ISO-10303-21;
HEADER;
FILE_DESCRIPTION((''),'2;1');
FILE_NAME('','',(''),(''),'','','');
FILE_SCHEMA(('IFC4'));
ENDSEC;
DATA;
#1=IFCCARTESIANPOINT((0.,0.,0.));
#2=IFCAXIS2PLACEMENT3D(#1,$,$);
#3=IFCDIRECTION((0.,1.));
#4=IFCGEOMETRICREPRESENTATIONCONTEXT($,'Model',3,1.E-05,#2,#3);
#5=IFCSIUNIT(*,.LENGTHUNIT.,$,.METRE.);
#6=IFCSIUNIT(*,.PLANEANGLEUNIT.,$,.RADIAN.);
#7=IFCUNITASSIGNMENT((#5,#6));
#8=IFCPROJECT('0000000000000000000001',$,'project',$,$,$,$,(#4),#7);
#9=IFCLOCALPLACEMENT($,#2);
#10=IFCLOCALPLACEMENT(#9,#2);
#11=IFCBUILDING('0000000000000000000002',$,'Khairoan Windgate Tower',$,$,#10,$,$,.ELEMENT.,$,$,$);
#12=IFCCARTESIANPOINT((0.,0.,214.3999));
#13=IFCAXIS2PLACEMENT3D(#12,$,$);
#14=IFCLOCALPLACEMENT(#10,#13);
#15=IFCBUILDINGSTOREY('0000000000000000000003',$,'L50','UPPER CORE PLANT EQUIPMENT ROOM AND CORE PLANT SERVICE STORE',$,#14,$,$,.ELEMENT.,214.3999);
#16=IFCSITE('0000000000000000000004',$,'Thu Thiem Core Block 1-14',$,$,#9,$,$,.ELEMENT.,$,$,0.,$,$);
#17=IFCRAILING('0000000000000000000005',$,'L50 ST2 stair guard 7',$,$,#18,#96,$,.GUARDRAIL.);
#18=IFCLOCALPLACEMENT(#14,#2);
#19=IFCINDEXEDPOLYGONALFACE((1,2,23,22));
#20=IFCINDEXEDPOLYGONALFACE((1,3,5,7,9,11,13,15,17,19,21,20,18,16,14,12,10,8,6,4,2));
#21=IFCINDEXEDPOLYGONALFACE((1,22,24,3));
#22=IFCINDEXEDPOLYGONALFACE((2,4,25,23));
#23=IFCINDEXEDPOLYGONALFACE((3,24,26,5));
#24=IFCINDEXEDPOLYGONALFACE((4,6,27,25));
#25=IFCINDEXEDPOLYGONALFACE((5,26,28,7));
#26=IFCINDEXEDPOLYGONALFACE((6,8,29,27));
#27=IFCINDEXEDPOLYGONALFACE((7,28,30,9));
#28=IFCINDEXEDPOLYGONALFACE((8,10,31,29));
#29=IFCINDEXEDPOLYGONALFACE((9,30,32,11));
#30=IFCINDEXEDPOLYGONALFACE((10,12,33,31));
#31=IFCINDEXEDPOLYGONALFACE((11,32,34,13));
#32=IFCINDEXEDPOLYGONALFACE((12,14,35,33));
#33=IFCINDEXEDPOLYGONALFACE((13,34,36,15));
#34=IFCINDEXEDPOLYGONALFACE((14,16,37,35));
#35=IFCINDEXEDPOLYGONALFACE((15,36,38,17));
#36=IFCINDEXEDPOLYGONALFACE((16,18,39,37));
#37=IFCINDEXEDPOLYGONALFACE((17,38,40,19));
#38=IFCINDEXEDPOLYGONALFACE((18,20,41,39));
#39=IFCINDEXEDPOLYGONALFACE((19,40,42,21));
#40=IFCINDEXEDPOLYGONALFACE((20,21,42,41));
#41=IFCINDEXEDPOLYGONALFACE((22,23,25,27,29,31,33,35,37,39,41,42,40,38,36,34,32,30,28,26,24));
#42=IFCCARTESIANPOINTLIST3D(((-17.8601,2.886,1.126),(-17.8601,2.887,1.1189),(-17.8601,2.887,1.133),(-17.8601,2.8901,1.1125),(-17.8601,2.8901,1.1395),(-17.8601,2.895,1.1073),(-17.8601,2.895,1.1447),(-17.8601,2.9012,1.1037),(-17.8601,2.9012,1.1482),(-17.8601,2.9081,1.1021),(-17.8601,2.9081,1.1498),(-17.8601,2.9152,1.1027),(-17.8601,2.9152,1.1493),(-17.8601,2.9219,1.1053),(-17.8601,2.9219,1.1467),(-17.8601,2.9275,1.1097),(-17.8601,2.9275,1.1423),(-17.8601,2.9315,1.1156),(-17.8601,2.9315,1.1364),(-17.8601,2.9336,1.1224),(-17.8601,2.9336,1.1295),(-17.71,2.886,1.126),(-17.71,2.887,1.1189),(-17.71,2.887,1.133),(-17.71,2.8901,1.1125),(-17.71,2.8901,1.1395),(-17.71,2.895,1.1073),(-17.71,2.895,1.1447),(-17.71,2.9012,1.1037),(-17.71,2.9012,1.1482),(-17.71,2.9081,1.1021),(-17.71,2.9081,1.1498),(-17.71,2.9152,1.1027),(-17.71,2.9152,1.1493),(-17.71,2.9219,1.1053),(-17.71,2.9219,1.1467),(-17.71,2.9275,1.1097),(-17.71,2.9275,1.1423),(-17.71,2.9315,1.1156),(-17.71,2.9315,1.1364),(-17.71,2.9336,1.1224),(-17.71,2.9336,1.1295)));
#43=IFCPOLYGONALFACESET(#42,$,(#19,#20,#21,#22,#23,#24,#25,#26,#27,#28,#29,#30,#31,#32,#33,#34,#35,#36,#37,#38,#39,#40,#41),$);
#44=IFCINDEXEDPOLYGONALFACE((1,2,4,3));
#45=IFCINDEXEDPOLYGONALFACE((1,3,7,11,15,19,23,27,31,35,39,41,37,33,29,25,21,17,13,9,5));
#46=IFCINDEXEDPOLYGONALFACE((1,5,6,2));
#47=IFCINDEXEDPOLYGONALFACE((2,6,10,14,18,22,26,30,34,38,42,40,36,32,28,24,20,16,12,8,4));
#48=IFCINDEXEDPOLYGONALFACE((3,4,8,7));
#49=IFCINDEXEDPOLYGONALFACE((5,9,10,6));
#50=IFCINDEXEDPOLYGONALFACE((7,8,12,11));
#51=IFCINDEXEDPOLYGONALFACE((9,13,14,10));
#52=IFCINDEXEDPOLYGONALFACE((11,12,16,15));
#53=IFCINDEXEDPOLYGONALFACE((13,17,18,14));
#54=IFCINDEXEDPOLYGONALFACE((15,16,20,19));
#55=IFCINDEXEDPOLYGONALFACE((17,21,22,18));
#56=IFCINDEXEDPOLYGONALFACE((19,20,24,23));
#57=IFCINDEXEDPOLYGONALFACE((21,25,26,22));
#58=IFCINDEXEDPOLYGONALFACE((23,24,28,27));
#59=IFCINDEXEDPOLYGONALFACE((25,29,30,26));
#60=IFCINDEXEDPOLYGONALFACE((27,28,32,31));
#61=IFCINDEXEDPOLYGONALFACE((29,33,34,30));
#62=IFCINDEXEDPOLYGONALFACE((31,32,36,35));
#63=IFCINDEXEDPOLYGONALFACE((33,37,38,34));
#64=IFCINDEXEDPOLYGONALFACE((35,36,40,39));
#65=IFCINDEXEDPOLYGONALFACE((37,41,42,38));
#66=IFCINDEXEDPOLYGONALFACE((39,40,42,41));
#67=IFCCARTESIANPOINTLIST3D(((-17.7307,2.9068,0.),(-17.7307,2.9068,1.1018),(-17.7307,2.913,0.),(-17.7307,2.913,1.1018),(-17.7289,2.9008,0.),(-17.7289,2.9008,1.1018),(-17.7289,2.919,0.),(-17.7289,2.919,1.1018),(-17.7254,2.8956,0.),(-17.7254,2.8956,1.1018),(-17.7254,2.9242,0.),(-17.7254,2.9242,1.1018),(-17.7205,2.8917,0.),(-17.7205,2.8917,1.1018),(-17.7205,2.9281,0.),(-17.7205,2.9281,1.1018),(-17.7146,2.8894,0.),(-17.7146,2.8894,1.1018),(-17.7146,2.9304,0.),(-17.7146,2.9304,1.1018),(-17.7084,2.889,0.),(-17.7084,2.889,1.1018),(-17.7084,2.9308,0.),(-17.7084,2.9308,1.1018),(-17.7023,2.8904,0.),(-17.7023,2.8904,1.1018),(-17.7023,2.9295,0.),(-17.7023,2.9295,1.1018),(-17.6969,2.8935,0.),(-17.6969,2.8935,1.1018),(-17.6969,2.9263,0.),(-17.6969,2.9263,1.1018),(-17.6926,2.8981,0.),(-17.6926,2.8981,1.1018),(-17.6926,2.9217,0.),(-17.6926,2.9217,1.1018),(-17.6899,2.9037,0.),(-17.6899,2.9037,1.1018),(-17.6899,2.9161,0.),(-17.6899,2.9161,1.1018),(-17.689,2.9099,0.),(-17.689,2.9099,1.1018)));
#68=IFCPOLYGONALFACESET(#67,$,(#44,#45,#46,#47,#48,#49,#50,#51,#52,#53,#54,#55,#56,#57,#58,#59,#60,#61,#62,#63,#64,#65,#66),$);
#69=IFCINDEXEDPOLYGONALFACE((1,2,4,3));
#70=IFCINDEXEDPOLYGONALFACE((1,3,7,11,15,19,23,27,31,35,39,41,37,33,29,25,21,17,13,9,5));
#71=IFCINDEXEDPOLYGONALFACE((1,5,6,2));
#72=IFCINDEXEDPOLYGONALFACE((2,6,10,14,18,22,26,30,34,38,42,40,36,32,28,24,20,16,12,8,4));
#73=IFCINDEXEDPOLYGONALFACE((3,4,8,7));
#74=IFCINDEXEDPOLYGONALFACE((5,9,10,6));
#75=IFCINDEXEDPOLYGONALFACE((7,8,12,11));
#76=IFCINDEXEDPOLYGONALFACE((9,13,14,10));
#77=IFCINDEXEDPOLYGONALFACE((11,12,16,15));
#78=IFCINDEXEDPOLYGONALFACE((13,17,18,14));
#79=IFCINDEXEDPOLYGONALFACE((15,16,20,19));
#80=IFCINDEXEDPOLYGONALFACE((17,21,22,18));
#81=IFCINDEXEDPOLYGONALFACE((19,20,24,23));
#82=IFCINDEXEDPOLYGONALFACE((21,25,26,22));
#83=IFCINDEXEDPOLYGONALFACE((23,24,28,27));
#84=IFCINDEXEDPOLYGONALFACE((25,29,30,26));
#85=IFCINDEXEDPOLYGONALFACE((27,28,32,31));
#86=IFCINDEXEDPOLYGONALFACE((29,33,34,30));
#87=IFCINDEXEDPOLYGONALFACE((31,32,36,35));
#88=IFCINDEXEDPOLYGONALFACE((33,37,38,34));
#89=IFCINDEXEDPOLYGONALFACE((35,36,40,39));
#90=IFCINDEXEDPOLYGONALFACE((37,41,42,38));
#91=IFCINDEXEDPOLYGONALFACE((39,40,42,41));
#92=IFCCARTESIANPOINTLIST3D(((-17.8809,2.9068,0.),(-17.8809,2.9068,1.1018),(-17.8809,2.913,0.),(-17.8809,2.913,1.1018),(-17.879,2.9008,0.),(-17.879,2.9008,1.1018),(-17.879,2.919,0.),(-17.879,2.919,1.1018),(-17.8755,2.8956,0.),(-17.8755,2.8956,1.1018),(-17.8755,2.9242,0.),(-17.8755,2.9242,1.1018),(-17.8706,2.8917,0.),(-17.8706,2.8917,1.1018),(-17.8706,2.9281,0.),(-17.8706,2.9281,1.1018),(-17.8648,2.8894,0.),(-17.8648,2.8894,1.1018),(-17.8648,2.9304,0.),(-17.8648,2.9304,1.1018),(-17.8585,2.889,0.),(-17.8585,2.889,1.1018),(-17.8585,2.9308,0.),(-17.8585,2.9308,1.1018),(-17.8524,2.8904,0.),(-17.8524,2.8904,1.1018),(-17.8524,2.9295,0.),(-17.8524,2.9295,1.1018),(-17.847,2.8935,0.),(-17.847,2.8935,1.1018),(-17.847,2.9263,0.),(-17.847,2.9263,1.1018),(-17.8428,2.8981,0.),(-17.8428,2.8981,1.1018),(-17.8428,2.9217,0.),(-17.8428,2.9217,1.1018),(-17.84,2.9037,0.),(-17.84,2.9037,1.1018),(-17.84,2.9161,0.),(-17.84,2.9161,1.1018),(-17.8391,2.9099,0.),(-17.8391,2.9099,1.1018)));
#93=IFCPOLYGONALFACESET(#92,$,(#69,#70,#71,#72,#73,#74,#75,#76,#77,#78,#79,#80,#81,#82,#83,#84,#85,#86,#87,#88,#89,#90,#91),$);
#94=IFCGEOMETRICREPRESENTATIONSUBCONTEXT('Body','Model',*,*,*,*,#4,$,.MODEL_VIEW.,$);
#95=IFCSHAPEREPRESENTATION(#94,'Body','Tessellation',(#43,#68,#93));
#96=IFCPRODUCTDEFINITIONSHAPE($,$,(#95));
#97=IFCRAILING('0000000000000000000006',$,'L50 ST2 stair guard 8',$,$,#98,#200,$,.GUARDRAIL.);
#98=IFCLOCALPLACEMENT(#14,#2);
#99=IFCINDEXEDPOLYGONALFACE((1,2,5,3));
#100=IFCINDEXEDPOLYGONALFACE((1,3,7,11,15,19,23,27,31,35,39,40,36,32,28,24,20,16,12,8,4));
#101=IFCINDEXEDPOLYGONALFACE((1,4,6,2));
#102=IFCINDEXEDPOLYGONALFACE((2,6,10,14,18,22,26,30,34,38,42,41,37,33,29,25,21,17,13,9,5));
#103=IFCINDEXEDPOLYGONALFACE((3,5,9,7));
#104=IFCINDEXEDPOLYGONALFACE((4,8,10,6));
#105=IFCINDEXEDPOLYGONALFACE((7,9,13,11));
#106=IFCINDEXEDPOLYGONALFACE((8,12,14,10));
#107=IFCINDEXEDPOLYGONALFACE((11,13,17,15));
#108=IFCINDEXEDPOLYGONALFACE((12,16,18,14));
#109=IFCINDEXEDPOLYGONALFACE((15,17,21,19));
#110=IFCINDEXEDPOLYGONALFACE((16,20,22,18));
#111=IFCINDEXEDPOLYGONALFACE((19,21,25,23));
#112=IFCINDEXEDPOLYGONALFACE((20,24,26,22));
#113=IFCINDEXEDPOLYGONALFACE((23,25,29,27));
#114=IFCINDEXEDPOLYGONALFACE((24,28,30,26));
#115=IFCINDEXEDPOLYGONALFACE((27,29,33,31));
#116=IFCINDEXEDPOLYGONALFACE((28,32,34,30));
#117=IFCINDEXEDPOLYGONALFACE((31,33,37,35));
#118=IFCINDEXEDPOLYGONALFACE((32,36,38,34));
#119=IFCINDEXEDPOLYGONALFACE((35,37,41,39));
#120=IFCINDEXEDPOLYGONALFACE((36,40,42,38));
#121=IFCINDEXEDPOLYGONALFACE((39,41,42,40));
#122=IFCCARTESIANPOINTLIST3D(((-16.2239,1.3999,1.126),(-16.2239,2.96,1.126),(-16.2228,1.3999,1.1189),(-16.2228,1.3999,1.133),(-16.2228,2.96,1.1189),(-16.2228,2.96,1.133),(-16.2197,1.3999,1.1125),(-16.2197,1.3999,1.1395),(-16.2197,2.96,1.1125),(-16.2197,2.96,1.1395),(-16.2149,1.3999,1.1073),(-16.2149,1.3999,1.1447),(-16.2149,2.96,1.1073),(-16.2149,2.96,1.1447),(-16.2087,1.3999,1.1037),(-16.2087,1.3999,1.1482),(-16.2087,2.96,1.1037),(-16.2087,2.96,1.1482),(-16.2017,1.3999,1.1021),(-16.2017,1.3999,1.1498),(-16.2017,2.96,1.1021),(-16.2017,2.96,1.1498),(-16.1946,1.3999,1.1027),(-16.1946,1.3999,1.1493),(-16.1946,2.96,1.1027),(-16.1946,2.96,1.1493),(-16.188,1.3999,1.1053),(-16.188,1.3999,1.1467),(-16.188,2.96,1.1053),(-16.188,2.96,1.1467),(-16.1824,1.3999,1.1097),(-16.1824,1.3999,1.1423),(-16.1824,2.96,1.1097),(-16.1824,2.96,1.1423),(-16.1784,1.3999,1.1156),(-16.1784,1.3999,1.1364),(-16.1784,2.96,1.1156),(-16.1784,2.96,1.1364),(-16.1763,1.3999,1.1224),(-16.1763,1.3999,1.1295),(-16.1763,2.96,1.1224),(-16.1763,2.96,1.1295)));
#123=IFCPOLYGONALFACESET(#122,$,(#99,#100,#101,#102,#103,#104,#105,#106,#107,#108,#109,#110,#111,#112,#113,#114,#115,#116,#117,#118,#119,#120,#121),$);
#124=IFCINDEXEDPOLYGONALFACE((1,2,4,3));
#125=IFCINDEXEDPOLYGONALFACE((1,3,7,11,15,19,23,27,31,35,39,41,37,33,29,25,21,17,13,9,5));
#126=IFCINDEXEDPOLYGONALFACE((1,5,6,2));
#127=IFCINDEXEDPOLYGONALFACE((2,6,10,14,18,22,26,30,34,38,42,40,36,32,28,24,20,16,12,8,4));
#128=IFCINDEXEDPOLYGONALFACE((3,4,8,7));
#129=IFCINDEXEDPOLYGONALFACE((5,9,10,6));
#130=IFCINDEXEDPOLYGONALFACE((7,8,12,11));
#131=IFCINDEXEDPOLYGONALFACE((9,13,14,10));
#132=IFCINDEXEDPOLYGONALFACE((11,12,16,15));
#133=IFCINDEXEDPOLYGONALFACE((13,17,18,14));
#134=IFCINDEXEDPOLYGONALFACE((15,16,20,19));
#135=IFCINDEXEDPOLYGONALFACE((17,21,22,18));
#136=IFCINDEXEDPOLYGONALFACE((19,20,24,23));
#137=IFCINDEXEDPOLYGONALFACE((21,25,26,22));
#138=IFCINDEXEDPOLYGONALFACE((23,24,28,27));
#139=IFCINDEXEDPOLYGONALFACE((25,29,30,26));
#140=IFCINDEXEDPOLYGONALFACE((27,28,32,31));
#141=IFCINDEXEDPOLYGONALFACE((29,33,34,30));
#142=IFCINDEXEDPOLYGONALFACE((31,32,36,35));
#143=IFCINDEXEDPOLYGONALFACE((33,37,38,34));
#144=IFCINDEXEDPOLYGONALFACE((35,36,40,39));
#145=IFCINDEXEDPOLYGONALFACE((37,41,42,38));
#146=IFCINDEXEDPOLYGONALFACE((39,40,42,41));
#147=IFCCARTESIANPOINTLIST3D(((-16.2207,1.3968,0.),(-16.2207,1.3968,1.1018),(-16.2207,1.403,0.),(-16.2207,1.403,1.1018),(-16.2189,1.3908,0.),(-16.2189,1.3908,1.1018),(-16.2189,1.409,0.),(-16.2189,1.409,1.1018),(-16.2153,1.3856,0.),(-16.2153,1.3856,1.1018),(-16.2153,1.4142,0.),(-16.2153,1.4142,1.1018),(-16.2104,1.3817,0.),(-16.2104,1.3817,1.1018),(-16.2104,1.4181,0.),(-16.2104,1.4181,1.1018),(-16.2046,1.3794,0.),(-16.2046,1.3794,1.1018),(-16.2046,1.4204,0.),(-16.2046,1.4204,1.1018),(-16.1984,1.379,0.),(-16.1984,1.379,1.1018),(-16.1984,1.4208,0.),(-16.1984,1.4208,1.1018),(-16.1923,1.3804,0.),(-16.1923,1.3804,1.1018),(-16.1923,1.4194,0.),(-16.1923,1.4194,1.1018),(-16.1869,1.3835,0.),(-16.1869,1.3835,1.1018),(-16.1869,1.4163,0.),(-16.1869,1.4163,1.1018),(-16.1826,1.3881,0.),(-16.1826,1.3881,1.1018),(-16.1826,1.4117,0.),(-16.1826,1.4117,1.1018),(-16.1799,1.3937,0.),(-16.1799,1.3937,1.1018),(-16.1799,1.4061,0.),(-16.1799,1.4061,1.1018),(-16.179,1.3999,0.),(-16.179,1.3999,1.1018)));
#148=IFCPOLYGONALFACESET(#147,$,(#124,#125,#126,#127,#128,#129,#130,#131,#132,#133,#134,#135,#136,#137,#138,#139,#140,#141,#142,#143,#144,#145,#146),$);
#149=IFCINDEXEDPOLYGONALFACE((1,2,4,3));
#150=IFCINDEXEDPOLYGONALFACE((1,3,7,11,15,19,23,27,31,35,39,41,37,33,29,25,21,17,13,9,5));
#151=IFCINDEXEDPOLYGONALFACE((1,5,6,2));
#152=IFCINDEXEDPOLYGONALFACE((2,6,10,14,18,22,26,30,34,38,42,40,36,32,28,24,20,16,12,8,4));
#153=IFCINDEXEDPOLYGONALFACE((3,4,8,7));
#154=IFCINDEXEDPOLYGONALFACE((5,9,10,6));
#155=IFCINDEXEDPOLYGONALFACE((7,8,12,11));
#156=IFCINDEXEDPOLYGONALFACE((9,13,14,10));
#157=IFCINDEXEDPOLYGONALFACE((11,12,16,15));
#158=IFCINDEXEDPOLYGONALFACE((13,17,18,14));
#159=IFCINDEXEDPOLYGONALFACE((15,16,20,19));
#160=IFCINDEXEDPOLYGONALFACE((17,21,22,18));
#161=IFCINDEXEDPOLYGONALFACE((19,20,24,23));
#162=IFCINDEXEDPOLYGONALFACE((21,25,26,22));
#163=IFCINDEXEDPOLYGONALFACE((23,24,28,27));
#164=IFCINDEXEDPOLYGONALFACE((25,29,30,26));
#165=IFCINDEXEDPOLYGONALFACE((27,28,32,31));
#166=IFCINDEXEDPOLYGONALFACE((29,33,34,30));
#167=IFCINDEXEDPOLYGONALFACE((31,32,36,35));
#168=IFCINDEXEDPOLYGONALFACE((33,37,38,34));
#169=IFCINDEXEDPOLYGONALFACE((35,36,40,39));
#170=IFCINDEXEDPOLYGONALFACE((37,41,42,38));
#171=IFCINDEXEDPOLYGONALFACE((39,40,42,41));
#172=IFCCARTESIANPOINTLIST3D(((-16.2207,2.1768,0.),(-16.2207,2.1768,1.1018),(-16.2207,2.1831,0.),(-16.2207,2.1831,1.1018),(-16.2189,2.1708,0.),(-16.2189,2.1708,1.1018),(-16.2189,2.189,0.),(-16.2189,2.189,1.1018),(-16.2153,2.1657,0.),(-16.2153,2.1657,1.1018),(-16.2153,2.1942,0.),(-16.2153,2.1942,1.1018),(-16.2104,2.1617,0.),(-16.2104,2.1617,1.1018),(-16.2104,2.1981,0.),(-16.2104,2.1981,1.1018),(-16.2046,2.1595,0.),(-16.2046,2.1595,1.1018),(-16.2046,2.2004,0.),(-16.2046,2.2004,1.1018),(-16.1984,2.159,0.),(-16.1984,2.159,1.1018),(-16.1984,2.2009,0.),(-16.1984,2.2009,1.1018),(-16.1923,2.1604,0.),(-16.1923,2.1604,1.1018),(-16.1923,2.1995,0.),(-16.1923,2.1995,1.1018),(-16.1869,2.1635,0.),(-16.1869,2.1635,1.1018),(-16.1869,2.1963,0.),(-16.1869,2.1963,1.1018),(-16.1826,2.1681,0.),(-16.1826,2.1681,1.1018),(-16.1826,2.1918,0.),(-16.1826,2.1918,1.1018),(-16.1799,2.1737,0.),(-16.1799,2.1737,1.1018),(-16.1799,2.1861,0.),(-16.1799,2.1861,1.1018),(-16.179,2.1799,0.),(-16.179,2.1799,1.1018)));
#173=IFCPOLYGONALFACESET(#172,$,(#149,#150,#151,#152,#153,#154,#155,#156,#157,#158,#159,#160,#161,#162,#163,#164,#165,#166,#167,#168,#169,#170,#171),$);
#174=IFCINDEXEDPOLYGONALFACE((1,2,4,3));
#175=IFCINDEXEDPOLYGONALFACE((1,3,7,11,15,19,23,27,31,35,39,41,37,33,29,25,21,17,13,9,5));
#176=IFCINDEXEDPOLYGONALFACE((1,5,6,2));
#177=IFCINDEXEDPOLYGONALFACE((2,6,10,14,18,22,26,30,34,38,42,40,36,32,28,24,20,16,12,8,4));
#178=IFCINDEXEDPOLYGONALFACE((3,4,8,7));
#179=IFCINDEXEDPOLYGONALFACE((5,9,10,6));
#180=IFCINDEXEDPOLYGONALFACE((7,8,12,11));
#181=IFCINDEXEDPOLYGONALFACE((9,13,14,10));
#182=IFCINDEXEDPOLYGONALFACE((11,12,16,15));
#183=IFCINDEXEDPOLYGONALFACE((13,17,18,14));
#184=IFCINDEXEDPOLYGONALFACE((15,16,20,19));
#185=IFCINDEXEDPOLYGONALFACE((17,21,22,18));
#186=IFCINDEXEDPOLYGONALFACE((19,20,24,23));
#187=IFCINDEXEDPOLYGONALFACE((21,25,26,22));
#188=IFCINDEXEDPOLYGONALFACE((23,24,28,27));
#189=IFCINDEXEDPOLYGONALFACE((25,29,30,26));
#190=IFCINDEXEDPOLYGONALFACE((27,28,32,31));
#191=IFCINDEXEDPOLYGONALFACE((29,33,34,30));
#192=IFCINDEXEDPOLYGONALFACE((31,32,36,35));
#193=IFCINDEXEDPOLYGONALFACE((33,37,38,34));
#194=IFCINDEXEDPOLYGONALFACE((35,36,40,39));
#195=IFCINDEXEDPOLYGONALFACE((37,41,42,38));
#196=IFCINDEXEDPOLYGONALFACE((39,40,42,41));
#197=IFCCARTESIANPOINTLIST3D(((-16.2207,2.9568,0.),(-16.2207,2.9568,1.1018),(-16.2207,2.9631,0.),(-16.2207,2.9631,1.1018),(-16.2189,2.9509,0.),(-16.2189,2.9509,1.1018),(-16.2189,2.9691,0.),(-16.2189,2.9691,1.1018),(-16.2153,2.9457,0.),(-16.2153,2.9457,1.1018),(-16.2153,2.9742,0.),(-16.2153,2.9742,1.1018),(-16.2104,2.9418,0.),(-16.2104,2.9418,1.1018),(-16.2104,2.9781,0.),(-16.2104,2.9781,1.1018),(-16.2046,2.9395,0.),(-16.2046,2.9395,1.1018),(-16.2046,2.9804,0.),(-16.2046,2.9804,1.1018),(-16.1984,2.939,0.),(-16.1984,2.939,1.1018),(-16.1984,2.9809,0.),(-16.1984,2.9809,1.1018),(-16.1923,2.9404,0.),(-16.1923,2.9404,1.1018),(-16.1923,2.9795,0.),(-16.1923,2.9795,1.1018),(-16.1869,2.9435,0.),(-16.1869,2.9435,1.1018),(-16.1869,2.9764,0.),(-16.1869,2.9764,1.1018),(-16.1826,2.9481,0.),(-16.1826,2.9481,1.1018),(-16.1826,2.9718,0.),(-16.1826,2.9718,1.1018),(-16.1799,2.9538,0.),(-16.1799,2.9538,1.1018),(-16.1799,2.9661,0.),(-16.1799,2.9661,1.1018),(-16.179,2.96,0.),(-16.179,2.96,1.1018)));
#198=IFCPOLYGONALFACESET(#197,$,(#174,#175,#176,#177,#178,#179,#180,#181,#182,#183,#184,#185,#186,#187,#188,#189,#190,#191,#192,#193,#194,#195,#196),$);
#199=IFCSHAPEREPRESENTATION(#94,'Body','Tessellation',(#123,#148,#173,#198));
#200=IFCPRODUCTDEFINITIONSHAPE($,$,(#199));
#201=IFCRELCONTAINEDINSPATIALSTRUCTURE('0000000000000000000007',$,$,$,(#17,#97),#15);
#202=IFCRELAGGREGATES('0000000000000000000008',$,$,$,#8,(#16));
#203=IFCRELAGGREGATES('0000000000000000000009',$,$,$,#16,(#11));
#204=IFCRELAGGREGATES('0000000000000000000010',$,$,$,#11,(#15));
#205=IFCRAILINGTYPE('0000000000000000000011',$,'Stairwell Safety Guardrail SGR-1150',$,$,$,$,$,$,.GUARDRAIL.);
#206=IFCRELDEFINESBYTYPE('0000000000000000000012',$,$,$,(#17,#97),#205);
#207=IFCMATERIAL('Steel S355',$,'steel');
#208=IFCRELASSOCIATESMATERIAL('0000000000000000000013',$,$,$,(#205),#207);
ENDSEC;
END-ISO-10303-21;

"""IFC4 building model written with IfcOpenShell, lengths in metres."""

from ifc_helpers import new_model, si_unit, direction, frame, origin, origin_2d, place, context, subcontext, project, spatial, circle, extrude, material, type_object, element, save


model = new_model("IFC4")

# Units and contexts
model_context = context("Model", 3, precision=1e-05, world=origin(), true_north=direction((0.0, 1.0)))
body_context = subcontext(model_context, "Body", "Model", "MODEL_VIEW")
ifc_project = project(units=[si_unit("LENGTHUNIT", "METRE"), si_unit("PLANEANGLEUNIT", "RADIAN")], contexts=[model_context])

# Site, building, storey
site_placement = place(None, origin())
site = spatial("IfcSite", under=ifc_project, at=site_placement, Name="Thu Thiem Core Block 1-14", CompositionType="ELEMENT", RefElevation=0.0)
building_placement = place(site_placement, origin())
building = spatial("IfcBuilding", under=site, at=building_placement, Name="Khairoan Windgate Tower", CompositionType="ELEMENT")
storey_placement = place(building_placement, frame((0.0, 0.0, 214.3999)))
storey = spatial("IfcBuildingStorey", under=building, at=storey_placement, Name="L50", Description="UPPER CORE PLANT EQUIPMENT ROOM AND CORE PLANT SERVICE STORE", CompositionType="ELEMENT", Elevation=214.3999)

# Railings
ifc_material_1 = material(Name="Steel S355", Category="steel")
railing_type_1 = type_object("IfcRailingType", Name="Stairwell Safety Guardrail SGR-1150", PredefinedType="GUARDRAIL", material=ifc_material_1)
railing_1_placement = place(storey_placement, frame((-17.71, 2.9099, 0.0)))
element("IfcRailing", 1, at=railing_1_placement, inside=storey, type_object=railing_type_1, Name="L50 ST2 stair guard 7", PredefinedType="GUARDRAIL", context=body_context, shape_type="SweptSolid", body=[
    extrude(circle(Radius=0.0239, at=origin_2d()), frame((0.0, 0.0, 1.126), z_axis=(-1.0, 0.0, 0.0), x_axis=(0.0, -1.0, 0.0)), (0.0, 0.0, 1.0), 0.1501),
    extrude(circle(Radius=0.021, at=origin_2d()), origin(), (0.0, 0.0, 1.0), 1.1018),
    extrude(circle(Radius=0.021, at=origin_2d()), frame((-0.1501, 0.0, 0.0)), (0.0, 0.0, 1.0), 1.1018),
])
for number, where, name in (
    (2, (-16.2, 1.3999, 0.0), "L50 ST2 stair guard 8"),
):
    element("IfcRailing", number, at=place(storey_placement, frame(where)), inside=storey, type_object=railing_type_1, Name=name, PredefinedType="GUARDRAIL", context=body_context, shape_type="SweptSolid", body=[
        extrude(circle(Radius=0.0239, at=origin_2d()), frame((0.0, 0.0, 1.126), z_axis=(0.0, 1.0, 0.0), x_axis=(-1.0, 0.0, 0.0)), (0.0, 0.0, 1.0), 1.5601),
        extrude(circle(Radius=0.021, at=origin_2d()), origin(), (0.0, 0.0, 1.0), 1.1018),
        extrude(circle(Radius=0.021, at=origin_2d()), frame((0.0, 0.78, 0.0)), (0.0, 0.0, 1.0), 1.1018),
        extrude(circle(Radius=0.021, at=origin_2d()), frame((0.0, 1.5601, 0.0)), (0.0, 0.0, 1.0), 1.1018),
    ])

save(model, "model.ifc")
